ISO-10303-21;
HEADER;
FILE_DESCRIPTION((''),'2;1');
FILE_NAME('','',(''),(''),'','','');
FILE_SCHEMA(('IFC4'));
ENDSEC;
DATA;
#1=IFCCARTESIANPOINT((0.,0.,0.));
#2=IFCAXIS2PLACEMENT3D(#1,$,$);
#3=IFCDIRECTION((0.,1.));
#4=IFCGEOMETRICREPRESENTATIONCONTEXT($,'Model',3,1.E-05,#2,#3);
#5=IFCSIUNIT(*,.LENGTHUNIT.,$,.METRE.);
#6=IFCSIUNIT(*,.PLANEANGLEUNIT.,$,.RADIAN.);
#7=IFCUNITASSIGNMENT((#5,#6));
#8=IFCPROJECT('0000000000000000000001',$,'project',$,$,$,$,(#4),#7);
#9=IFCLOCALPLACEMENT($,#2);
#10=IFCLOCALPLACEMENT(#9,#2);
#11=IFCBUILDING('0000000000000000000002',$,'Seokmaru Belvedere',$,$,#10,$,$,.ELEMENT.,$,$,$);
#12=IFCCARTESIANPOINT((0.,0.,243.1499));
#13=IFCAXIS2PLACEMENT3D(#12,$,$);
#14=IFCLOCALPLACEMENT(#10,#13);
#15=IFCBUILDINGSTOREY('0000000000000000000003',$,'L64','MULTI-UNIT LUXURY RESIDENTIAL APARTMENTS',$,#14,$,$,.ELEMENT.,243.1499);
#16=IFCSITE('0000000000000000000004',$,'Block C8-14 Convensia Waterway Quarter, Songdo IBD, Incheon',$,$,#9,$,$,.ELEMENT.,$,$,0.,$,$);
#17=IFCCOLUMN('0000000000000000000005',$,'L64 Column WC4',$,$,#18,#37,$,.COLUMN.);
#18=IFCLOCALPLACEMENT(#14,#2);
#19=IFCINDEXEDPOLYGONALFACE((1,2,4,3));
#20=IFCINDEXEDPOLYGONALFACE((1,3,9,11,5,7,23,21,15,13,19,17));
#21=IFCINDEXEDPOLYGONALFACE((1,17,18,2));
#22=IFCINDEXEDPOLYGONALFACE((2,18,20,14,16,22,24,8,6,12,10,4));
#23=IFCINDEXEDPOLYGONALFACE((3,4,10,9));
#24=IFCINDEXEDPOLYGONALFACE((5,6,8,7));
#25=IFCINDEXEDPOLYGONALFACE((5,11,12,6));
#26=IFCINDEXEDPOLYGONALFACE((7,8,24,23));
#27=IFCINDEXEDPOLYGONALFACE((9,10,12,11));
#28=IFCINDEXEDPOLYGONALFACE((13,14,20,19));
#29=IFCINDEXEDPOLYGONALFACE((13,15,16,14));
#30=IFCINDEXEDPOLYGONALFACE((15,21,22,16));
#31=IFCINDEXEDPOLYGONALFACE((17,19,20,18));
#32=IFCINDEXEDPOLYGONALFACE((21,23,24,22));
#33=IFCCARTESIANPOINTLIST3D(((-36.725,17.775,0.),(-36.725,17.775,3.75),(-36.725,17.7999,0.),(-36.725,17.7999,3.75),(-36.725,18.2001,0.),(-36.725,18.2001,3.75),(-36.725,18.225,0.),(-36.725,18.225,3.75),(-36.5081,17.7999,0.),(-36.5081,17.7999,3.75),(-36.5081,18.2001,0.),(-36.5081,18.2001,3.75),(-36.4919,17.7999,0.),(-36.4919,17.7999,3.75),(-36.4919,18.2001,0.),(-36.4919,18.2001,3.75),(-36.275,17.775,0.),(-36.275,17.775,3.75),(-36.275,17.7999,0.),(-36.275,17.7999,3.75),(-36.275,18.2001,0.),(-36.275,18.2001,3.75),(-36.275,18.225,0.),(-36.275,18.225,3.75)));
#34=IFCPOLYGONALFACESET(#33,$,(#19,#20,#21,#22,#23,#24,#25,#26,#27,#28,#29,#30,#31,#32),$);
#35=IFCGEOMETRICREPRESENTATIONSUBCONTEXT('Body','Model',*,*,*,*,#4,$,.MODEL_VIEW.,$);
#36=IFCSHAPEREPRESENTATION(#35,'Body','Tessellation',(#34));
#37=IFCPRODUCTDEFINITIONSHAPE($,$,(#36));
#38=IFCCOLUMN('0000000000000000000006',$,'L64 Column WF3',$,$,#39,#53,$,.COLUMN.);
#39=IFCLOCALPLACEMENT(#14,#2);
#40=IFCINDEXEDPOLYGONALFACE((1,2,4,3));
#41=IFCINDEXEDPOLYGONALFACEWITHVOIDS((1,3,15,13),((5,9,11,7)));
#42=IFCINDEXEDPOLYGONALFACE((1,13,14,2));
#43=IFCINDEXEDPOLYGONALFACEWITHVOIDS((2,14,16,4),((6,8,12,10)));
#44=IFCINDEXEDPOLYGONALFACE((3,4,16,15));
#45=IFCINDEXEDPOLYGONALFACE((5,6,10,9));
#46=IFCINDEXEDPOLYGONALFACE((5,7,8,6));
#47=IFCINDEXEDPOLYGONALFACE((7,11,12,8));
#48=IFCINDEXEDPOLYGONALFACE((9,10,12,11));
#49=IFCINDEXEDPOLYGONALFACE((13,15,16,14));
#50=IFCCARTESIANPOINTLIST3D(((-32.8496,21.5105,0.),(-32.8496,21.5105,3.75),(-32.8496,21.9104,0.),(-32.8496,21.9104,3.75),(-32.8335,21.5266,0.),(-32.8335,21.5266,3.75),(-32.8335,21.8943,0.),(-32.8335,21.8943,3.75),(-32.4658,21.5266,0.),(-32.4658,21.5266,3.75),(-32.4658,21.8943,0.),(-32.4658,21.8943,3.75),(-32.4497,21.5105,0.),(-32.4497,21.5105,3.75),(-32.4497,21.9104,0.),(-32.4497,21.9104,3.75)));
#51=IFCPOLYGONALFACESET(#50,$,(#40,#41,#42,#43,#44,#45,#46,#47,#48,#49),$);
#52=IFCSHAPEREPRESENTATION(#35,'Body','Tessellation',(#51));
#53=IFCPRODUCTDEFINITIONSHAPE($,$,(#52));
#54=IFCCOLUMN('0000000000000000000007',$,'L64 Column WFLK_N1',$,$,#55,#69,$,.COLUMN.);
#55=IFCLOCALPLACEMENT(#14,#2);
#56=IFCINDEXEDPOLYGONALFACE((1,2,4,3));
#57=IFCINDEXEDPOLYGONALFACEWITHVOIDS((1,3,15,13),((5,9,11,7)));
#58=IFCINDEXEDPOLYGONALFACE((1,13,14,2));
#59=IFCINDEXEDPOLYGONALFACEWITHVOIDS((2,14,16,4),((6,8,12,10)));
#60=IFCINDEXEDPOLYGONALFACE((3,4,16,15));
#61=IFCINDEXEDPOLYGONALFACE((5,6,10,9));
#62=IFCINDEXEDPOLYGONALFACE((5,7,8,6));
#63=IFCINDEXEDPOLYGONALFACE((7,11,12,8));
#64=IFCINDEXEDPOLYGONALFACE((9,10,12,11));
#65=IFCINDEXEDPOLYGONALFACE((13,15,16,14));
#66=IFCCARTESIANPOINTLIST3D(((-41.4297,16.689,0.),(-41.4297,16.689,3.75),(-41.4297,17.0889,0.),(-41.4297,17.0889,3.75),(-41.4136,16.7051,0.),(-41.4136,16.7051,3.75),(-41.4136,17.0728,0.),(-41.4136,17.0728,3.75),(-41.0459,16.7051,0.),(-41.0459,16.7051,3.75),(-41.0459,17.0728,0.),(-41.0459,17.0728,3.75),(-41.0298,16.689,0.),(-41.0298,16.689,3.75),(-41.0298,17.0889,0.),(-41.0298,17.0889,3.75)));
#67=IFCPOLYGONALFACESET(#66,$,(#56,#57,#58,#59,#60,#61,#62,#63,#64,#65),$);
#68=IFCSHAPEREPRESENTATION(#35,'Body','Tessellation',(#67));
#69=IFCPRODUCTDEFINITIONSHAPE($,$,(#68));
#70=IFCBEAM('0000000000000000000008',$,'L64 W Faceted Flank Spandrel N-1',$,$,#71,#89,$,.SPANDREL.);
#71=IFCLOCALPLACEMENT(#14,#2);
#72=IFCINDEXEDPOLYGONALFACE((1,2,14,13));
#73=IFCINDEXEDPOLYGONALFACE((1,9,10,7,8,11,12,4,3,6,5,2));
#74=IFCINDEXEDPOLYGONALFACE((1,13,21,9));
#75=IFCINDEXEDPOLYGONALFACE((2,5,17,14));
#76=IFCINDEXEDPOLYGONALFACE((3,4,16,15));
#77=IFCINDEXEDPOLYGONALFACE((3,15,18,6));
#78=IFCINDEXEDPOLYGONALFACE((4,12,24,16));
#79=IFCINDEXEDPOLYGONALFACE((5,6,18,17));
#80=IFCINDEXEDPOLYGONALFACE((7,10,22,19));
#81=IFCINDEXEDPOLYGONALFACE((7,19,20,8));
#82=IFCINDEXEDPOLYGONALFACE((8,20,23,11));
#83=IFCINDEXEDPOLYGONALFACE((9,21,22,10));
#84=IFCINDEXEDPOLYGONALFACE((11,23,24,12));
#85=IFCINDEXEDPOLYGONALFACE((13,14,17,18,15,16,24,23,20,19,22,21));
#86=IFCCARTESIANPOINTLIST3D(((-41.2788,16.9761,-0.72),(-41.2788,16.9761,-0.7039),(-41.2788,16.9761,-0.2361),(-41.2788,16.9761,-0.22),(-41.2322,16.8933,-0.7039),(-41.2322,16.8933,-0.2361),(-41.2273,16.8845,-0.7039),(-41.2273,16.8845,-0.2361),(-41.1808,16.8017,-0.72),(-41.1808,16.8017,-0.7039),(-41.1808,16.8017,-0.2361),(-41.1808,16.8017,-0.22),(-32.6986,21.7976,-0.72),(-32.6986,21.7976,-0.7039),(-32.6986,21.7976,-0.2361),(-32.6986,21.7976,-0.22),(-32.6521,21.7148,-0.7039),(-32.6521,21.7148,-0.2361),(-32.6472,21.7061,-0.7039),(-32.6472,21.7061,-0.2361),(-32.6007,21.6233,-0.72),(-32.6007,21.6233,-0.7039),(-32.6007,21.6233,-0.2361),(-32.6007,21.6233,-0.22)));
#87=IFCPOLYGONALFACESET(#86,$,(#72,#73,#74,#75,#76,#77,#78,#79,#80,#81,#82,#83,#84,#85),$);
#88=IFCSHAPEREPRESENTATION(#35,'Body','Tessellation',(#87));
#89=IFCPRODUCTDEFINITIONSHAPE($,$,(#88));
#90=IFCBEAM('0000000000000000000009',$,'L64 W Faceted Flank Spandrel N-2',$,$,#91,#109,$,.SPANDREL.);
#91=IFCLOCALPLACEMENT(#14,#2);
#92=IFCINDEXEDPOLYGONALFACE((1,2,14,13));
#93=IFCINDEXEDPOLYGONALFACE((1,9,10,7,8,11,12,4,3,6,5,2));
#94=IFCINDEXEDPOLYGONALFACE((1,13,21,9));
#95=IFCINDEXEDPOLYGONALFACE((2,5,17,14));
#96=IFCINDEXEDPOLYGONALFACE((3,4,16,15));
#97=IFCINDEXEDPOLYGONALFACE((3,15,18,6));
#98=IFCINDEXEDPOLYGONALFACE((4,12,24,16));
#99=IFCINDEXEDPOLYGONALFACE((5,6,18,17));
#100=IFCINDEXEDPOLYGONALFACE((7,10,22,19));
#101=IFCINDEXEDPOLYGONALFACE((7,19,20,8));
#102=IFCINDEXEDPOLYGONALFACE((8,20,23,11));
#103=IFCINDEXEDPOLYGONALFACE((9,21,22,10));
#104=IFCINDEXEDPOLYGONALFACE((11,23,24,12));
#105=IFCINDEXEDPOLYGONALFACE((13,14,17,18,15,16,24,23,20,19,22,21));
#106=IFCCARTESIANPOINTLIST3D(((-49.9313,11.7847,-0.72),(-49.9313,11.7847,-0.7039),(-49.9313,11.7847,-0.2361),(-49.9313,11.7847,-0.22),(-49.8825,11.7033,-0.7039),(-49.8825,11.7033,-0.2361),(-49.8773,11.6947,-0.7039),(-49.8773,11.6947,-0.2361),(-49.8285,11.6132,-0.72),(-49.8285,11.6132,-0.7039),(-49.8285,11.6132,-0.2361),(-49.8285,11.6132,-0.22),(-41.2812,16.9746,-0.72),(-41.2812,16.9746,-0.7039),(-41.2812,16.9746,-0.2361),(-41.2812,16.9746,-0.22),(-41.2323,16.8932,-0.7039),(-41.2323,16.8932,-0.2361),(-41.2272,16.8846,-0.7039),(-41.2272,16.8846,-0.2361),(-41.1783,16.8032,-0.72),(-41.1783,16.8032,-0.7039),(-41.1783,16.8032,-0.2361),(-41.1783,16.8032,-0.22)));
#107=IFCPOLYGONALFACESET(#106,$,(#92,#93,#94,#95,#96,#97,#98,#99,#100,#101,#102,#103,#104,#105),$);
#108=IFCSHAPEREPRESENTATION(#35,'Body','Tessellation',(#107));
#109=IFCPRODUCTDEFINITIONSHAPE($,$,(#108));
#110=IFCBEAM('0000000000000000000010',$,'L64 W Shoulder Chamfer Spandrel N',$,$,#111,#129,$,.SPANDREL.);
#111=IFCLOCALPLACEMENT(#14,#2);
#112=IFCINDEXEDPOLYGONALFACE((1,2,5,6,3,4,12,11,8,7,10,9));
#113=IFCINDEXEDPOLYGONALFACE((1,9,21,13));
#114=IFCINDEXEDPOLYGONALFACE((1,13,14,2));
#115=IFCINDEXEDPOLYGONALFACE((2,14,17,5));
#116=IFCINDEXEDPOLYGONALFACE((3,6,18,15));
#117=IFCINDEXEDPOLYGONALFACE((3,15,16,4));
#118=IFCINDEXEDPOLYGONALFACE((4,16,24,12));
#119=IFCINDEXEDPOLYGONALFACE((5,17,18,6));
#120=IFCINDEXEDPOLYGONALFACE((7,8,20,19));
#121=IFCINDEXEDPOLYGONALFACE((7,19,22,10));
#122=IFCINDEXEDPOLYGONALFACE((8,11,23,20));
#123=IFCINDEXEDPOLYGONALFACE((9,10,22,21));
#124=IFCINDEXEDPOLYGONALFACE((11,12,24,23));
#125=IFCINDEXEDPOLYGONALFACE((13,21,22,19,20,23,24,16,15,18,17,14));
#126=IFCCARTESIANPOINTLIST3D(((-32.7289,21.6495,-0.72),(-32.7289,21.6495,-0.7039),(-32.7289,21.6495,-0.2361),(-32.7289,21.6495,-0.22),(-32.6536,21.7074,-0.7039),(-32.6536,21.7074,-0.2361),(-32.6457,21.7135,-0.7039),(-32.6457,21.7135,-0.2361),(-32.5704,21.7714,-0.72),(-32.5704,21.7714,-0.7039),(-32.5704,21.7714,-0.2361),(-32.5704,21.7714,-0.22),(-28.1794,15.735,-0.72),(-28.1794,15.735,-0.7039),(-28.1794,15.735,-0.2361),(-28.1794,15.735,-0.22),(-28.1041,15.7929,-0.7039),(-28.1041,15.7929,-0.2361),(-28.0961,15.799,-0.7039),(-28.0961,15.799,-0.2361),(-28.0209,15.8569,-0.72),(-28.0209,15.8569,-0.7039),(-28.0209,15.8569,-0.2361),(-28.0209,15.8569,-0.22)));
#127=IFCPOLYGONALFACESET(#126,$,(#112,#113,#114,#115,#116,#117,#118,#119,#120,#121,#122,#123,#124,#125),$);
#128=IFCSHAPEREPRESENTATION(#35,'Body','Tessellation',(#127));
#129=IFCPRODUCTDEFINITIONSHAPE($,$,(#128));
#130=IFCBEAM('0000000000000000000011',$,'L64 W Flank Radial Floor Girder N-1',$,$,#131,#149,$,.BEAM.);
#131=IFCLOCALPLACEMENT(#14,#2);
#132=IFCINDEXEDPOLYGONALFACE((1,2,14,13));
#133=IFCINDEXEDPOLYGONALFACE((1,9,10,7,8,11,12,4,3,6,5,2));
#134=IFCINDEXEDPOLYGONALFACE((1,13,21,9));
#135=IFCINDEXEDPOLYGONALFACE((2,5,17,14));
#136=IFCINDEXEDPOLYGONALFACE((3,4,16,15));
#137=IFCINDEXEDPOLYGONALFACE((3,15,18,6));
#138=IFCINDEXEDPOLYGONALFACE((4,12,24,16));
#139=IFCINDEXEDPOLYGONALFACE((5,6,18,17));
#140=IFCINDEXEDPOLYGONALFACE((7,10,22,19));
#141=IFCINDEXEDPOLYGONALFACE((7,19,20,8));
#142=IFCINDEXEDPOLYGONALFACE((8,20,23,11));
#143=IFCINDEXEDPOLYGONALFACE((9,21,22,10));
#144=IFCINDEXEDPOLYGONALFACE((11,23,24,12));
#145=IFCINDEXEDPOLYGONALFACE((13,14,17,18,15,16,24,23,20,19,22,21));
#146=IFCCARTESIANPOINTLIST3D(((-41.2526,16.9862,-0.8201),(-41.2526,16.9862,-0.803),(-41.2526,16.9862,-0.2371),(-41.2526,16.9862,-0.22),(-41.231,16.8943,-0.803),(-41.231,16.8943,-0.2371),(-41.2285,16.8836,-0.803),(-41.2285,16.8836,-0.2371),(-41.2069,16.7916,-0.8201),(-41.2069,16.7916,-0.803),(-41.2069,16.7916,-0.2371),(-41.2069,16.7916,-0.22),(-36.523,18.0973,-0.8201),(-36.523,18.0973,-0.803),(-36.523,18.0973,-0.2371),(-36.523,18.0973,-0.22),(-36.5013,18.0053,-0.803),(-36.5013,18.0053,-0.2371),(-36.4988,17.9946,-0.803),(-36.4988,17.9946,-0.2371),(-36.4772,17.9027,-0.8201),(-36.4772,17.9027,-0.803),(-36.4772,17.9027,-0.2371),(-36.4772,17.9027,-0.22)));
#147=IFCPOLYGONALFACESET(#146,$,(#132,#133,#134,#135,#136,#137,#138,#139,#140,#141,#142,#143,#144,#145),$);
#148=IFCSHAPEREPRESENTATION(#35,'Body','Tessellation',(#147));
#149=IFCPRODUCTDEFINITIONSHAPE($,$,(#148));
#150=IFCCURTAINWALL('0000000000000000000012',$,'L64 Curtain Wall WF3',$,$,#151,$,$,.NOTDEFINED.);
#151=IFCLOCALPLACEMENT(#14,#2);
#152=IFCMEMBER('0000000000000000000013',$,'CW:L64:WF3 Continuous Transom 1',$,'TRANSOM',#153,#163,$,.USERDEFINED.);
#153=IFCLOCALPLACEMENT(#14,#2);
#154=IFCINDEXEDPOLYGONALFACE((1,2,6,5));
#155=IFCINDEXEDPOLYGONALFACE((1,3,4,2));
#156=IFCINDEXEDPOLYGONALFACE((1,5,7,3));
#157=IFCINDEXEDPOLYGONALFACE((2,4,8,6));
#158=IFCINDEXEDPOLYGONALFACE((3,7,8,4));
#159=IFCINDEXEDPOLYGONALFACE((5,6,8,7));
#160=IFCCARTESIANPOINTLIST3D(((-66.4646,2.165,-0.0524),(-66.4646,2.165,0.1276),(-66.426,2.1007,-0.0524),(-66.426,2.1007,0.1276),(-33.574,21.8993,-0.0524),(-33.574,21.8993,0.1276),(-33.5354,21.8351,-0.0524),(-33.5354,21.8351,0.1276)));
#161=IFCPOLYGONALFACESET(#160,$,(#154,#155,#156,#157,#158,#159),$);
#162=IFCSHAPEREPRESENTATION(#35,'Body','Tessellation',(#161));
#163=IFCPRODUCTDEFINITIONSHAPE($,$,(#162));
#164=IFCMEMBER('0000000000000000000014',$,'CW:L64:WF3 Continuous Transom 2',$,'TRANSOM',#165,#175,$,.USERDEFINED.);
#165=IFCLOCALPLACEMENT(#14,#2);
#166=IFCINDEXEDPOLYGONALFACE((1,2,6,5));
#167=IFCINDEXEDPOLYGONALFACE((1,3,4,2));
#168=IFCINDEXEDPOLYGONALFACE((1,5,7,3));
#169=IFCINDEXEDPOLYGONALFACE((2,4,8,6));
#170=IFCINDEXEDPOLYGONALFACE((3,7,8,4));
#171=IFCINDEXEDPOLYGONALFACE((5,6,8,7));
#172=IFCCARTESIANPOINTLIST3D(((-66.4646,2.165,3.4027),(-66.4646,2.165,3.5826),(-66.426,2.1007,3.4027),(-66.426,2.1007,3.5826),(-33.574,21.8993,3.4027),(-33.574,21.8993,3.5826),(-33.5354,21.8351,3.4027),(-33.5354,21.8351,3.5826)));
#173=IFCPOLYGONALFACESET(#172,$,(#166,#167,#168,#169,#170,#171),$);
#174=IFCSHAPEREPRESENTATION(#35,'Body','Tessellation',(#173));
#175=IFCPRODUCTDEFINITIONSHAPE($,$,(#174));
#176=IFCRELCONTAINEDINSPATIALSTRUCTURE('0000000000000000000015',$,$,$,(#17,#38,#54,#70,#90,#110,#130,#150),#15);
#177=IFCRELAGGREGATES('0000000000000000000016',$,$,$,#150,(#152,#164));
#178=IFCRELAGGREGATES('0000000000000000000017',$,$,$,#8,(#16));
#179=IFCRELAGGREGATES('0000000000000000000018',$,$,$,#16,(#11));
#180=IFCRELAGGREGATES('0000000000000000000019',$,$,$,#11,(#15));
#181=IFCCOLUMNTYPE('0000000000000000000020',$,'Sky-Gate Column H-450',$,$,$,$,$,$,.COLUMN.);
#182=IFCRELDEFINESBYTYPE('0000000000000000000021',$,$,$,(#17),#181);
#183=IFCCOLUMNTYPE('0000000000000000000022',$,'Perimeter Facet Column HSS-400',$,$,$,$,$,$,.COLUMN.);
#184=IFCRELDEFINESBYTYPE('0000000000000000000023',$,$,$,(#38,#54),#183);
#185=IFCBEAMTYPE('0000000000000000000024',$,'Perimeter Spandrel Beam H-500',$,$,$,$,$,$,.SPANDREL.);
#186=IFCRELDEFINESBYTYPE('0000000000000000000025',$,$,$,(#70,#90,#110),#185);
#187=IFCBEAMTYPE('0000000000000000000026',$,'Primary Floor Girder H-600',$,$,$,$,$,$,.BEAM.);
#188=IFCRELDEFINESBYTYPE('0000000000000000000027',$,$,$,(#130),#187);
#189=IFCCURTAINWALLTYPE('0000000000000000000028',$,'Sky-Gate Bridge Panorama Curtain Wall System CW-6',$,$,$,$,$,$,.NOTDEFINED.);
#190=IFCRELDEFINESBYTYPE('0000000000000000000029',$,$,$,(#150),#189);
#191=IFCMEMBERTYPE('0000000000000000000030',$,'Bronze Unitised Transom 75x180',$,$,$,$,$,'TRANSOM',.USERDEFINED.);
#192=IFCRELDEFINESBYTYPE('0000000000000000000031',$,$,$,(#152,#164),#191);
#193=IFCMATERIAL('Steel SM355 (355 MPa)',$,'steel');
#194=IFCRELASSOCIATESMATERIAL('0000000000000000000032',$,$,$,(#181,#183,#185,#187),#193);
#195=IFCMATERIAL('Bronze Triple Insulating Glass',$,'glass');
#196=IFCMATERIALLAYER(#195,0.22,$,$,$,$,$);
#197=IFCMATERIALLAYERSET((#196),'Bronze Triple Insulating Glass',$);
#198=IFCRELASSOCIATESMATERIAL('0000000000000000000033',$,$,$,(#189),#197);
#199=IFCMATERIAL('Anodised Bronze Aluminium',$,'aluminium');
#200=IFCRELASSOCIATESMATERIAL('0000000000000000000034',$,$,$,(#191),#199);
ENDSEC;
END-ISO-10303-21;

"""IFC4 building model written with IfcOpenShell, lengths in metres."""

from ifc_helpers import new_model, si_unit, direction, frame, origin, origin_2d, place, context, subcontext, project, spatial, rectangle, hollow_rectangle, i_section, extrude, source, transform, mapped, material, layer, layer_set, material_profile, profile_set, type_object, type_shapes, element, aggregate, save


model = new_model("IFC4")

# Units and contexts
model_context = context("Model", 3, precision=1e-05, world=origin(), true_north=direction((0.0, 1.0)))
body_context = subcontext(model_context, "Body", "Model", "MODEL_VIEW")
ifc_project = project(units=[si_unit("LENGTHUNIT", "METRE"), si_unit("PLANEANGLEUNIT", "RADIAN")], contexts=[model_context])

# Site, building, storey
site_placement = place(None, origin())
site = spatial("IfcSite", under=ifc_project, at=site_placement, Name="Block C8-14 Convensia Waterway Quarter, Songdo IBD, Incheon", CompositionType="ELEMENT", RefElevation=0.0)
building_placement = place(site_placement, origin())
building = spatial("IfcBuilding", under=site, at=building_placement, Name="Seokmaru Belvedere", CompositionType="ELEMENT")
storey_placement = place(building_placement, frame((0.0, 0.0, 243.1499)))
storey = spatial("IfcBuildingStorey", under=building, at=storey_placement, Name="L64", Description="MULTI-UNIT LUXURY RESIDENTIAL APARTMENTS", CompositionType="ELEMENT", Elevation=243.1499)

# Columns
ifc_material_1 = material(Name="Steel SM355 (355 MPa)", Category="steel")
ifc_material_profile_1 = material_profile(ifc_material_1, i_section(OverallWidth=0.45, OverallDepth=0.45, WebThickness=0.0161, FlangeThickness=0.0249, at=origin_2d()), Name="H-450x450x16x25")
ifc_profile_set_1 = profile_set([ifc_material_profile_1], Name="Steel SM355 (355 MPa)")
column_type_1 = type_object("IfcColumnType", Name="Sky-Gate Column H-450", PredefinedType="COLUMN", material=ifc_profile_set_1)
shared_shape_1 = source(origin(), body_context, "Body", "SweptSolid", [
    extrude(i_section(OverallWidth=0.45, OverallDepth=0.45, WebThickness=0.0161, FlangeThickness=0.0249, at=origin_2d()), origin(), (0.0, 0.0, 1.0), 3.75),
])
type_shapes(column_type_1, [shared_shape_1])
column_placement = place(storey_placement, frame((-36.5, 18.0, 0.0), z_axis=(0.0, 0.0, 1.0), x_axis=(1.0, 0.0, 0.0)))
element("IfcColumn", 1, at=column_placement, inside=storey, type_object=column_type_1, Name="L64 Column WC4", PredefinedType="COLUMN", context=body_context, shape_type="MappedRepresentation", body=[
    mapped(shared_shape_1, transform((0.0, 0.0, 0.0), scale=1.0)),
])
ifc_material_profile_2 = material_profile(ifc_material_1, hollow_rectangle(XDim=0.3999, YDim=0.3999, WallThickness=0.0161, at=origin_2d()), Name="HSS-400x400x16")
ifc_profile_set_2 = profile_set([ifc_material_profile_2], Name="Steel SM355 (355 MPa)")
column_type_2 = type_object("IfcColumnType", Name="Perimeter Facet Column HSS-400", PredefinedType="COLUMN", material=ifc_profile_set_2)
shared_shape_2 = source(origin(), body_context, "Body", "SweptSolid", [
    extrude(hollow_rectangle(XDim=0.3999, YDim=0.3999, WallThickness=0.0161, at=origin_2d()), origin(), (0.0, 0.0, 1.0), 3.75),
])
type_shapes(column_type_2, [shared_shape_2])
for number, where, z_axis, x_axis, name in (
    (2, (-32.6497, 21.7104, 0.0), (0.0, 0.0, 1.0), (1.0, 0.0, 0.0), "L64 Column WF3"),
    (3, (-41.2297, 16.8889, 0.0), (0.0, 0.0, 1.0), (1.0, 0.0, 0.0), "L64 Column WFLK_N1"),
):
    element("IfcColumn", number, at=place(storey_placement, frame(where, z_axis=z_axis, x_axis=x_axis)), inside=storey, type_object=column_type_2, Name=name, PredefinedType="COLUMN", context=body_context, shape_type="MappedRepresentation", body=[
        mapped(shared_shape_2, transform((0.0, 0.0, 0.0), scale=1.0)),
    ])

# Beams
ifc_material_profile_3 = material_profile(ifc_material_1, i_section(OverallWidth=0.2, OverallDepth=0.5, WebThickness=0.01, FlangeThickness=0.0161, at=origin_2d()), Name="H-500x200x10x16")
ifc_profile_set_3 = profile_set([ifc_material_profile_3], Name="Steel SM355 (355 MPa)")
beam_type_1 = type_object("IfcBeamType", Name="Perimeter Spandrel Beam H-500", PredefinedType="SPANDREL", material=ifc_profile_set_3)
shared_shape_3 = source(origin(), body_context, "Body", "SweptSolid", [
    extrude(i_section(OverallWidth=0.2, OverallDepth=0.5, WebThickness=0.01, FlangeThickness=0.0161, at=origin_2d()), origin(), (0.0, 0.0, 1.0), 9.842),
])
beam_1_placement = place(storey_placement, frame((-32.6497, 21.7104, -0.47), z_axis=(-0.871782, -0.489894, 0.0), x_axis=(0.489894, -0.871782, 0.0)))
element("IfcBeam", 4, at=beam_1_placement, inside=storey, type_object=beam_type_1, Name="L64 W Faceted Flank Spandrel N-1", PredefinedType="SPANDREL", context=body_context, shape_type="MappedRepresentation", body=[
    mapped(shared_shape_3, transform((0.0, 0.0, 0.0), scale=1.0)),
])
shared_shape_4 = source(origin(), body_context, "Body", "SweptSolid", [
    extrude(i_section(OverallWidth=0.2, OverallDepth=0.5, WebThickness=0.01, FlangeThickness=0.0161, at=origin_2d()), origin(), (0.0, 0.0, 1.0), 10.0876),
])
beam_2_placement = place(storey_placement, frame((-41.2297, 16.8889, -0.47), z_axis=(-0.857499, -0.514485, 0.0), x_axis=(0.514485, -0.857499, 0.0)))
element("IfcBeam", 5, at=beam_2_placement, inside=storey, type_object=beam_type_1, Name="L64 W Faceted Flank Spandrel N-2", PredefinedType="SPANDREL", context=body_context, shape_type="MappedRepresentation", body=[
    mapped(shared_shape_4, transform((0.0, 0.0, 0.0), scale=1.0)),
])
shared_shape_5 = source(origin(), body_context, "Body", "SweptSolid", [
    extrude(i_section(OverallWidth=0.2, OverallDepth=0.5, WebThickness=0.01, FlangeThickness=0.0161, at=origin_2d()), origin(), (0.0, 0.0, 1.0), 7.4619),
])
type_shapes(beam_type_1, [shared_shape_3, shared_shape_4, shared_shape_5])
beam_3_placement = place(storey_placement, frame((-32.6497, 21.7104, -0.47), z_axis=(0.609703, -0.79263, 0.0), x_axis=(0.79263, 0.609703, 0.0)))
element("IfcBeam", 6, at=beam_3_placement, inside=storey, type_object=beam_type_1, Name="L64 W Shoulder Chamfer Spandrel N", PredefinedType="SPANDREL", context=body_context, shape_type="MappedRepresentation", body=[
    mapped(shared_shape_5, transform((0.0, 0.0, 0.0), scale=1.0)),
])
ifc_material_profile_4 = material_profile(ifc_material_1, i_section(OverallWidth=0.2, OverallDepth=0.6001, WebThickness=0.011, FlangeThickness=0.0171, at=origin_2d()), Name="H-600x200x11x17")
ifc_profile_set_4 = profile_set([ifc_material_profile_4], Name="Steel SM355 (355 MPa)")
beam_type_2 = type_object("IfcBeamType", Name="Primary Floor Girder H-600", PredefinedType="BEAM", material=ifc_profile_set_4)
shared_shape_6 = source(origin(), body_context, "Body", "SweptSolid", [
    extrude(i_section(OverallWidth=0.2, OverallDepth=0.6001, WebThickness=0.011, FlangeThickness=0.0171, at=origin_2d()), origin(), (0.0, 0.0, 1.0), 4.8584),
])
type_shapes(beam_type_2, [shared_shape_6])
beam_4_placement = place(storey_placement, frame((-41.2297, 16.8889, -0.52), z_axis=(0.973499, 0.228689, 0.0), x_axis=(-0.228689, 0.973499, 0.0)))
element("IfcBeam", 7, at=beam_4_placement, inside=storey, type_object=beam_type_2, Name="L64 W Flank Radial Floor Girder N-1", PredefinedType="BEAM", context=body_context, shape_type="MappedRepresentation", body=[
    mapped(shared_shape_6, transform((0.0, 0.0, 0.0), scale=1.0)),
])

# Curtain wall, members
ifc_material_2 = material(Name="Bronze Triple Insulating Glass", Category="glass")
ifc_layer_1 = layer(ifc_material_2, 0.22)
ifc_layer_set_1 = layer_set([ifc_layer_1], Name="Bronze Triple Insulating Glass")
curtain_wall_type = type_object("IfcCurtainWallType", Name="Sky-Gate Bridge Panorama Curtain Wall System CW-6", PredefinedType="NOTDEFINED", material=ifc_layer_set_1)
curtain_wall_1_placement = place(storey_placement, origin())
curtain_wall_1 = element("IfcCurtainWall", 8, at=curtain_wall_1_placement, inside=storey, type_object=curtain_wall_type, Name="L64 Curtain Wall WF3", PredefinedType="NOTDEFINED")
ifc_material_3 = material(Name="Anodised Bronze Aluminium", Category="aluminium")
ifc_material_profile_5 = material_profile(ifc_material_3, rectangle(XDim=0.075, YDim=0.1799, at=origin_2d()), Name="CW-T-75x180")
ifc_profile_set_5 = profile_set([ifc_material_profile_5], Name="Anodised Bronze Aluminium")
member_type_1 = type_object("IfcMemberType", Name="Bronze Unitised Transom 75x180", ElementType="TRANSOM", PredefinedType="USERDEFINED", material=ifc_profile_set_5)
shared_shape_7 = source(origin(), body_context, "Body", "SweptSolid", [
    extrude(rectangle(XDim=0.075, YDim=0.1799, at=origin_2d()), origin(), (0.0, 0.0, 1.0), 38.3567),
])
type_shapes(member_type_1, [shared_shape_7])
member_1_placement = place(storey_placement, frame((-33.5547, 21.8672, 0.0376), z_axis=(-0.857493, -0.514496, 0.0), x_axis=(0.514496, -0.857493, 0.0)))
member_1 = element("IfcMember", 9, at=member_1_placement, type_object=member_type_1, Name="CW:L64:WF3 Continuous Transom 1", ObjectType="TRANSOM", PredefinedType="USERDEFINED", context=body_context, shape_type="MappedRepresentation", body=[
    mapped(shared_shape_7, transform((0.0, 0.0, 0.0), scale=1.0)),
])
member_2_placement = place(storey_placement, frame((-33.5547, 21.8672, 3.4927), z_axis=(-0.857493, -0.514496, 0.0), x_axis=(0.514496, -0.857493, 0.0)))
member_2 = element("IfcMember", 10, at=member_2_placement, type_object=member_type_1, Name="CW:L64:WF3 Continuous Transom 2", ObjectType="TRANSOM", PredefinedType="USERDEFINED", context=body_context, shape_type="MappedRepresentation", body=[
    mapped(shared_shape_7, transform((0.0, 0.0, 0.0), scale=1.0)),
])

aggregate(curtain_wall_1, [member_1, member_2])

save(model, "model.ifc")
